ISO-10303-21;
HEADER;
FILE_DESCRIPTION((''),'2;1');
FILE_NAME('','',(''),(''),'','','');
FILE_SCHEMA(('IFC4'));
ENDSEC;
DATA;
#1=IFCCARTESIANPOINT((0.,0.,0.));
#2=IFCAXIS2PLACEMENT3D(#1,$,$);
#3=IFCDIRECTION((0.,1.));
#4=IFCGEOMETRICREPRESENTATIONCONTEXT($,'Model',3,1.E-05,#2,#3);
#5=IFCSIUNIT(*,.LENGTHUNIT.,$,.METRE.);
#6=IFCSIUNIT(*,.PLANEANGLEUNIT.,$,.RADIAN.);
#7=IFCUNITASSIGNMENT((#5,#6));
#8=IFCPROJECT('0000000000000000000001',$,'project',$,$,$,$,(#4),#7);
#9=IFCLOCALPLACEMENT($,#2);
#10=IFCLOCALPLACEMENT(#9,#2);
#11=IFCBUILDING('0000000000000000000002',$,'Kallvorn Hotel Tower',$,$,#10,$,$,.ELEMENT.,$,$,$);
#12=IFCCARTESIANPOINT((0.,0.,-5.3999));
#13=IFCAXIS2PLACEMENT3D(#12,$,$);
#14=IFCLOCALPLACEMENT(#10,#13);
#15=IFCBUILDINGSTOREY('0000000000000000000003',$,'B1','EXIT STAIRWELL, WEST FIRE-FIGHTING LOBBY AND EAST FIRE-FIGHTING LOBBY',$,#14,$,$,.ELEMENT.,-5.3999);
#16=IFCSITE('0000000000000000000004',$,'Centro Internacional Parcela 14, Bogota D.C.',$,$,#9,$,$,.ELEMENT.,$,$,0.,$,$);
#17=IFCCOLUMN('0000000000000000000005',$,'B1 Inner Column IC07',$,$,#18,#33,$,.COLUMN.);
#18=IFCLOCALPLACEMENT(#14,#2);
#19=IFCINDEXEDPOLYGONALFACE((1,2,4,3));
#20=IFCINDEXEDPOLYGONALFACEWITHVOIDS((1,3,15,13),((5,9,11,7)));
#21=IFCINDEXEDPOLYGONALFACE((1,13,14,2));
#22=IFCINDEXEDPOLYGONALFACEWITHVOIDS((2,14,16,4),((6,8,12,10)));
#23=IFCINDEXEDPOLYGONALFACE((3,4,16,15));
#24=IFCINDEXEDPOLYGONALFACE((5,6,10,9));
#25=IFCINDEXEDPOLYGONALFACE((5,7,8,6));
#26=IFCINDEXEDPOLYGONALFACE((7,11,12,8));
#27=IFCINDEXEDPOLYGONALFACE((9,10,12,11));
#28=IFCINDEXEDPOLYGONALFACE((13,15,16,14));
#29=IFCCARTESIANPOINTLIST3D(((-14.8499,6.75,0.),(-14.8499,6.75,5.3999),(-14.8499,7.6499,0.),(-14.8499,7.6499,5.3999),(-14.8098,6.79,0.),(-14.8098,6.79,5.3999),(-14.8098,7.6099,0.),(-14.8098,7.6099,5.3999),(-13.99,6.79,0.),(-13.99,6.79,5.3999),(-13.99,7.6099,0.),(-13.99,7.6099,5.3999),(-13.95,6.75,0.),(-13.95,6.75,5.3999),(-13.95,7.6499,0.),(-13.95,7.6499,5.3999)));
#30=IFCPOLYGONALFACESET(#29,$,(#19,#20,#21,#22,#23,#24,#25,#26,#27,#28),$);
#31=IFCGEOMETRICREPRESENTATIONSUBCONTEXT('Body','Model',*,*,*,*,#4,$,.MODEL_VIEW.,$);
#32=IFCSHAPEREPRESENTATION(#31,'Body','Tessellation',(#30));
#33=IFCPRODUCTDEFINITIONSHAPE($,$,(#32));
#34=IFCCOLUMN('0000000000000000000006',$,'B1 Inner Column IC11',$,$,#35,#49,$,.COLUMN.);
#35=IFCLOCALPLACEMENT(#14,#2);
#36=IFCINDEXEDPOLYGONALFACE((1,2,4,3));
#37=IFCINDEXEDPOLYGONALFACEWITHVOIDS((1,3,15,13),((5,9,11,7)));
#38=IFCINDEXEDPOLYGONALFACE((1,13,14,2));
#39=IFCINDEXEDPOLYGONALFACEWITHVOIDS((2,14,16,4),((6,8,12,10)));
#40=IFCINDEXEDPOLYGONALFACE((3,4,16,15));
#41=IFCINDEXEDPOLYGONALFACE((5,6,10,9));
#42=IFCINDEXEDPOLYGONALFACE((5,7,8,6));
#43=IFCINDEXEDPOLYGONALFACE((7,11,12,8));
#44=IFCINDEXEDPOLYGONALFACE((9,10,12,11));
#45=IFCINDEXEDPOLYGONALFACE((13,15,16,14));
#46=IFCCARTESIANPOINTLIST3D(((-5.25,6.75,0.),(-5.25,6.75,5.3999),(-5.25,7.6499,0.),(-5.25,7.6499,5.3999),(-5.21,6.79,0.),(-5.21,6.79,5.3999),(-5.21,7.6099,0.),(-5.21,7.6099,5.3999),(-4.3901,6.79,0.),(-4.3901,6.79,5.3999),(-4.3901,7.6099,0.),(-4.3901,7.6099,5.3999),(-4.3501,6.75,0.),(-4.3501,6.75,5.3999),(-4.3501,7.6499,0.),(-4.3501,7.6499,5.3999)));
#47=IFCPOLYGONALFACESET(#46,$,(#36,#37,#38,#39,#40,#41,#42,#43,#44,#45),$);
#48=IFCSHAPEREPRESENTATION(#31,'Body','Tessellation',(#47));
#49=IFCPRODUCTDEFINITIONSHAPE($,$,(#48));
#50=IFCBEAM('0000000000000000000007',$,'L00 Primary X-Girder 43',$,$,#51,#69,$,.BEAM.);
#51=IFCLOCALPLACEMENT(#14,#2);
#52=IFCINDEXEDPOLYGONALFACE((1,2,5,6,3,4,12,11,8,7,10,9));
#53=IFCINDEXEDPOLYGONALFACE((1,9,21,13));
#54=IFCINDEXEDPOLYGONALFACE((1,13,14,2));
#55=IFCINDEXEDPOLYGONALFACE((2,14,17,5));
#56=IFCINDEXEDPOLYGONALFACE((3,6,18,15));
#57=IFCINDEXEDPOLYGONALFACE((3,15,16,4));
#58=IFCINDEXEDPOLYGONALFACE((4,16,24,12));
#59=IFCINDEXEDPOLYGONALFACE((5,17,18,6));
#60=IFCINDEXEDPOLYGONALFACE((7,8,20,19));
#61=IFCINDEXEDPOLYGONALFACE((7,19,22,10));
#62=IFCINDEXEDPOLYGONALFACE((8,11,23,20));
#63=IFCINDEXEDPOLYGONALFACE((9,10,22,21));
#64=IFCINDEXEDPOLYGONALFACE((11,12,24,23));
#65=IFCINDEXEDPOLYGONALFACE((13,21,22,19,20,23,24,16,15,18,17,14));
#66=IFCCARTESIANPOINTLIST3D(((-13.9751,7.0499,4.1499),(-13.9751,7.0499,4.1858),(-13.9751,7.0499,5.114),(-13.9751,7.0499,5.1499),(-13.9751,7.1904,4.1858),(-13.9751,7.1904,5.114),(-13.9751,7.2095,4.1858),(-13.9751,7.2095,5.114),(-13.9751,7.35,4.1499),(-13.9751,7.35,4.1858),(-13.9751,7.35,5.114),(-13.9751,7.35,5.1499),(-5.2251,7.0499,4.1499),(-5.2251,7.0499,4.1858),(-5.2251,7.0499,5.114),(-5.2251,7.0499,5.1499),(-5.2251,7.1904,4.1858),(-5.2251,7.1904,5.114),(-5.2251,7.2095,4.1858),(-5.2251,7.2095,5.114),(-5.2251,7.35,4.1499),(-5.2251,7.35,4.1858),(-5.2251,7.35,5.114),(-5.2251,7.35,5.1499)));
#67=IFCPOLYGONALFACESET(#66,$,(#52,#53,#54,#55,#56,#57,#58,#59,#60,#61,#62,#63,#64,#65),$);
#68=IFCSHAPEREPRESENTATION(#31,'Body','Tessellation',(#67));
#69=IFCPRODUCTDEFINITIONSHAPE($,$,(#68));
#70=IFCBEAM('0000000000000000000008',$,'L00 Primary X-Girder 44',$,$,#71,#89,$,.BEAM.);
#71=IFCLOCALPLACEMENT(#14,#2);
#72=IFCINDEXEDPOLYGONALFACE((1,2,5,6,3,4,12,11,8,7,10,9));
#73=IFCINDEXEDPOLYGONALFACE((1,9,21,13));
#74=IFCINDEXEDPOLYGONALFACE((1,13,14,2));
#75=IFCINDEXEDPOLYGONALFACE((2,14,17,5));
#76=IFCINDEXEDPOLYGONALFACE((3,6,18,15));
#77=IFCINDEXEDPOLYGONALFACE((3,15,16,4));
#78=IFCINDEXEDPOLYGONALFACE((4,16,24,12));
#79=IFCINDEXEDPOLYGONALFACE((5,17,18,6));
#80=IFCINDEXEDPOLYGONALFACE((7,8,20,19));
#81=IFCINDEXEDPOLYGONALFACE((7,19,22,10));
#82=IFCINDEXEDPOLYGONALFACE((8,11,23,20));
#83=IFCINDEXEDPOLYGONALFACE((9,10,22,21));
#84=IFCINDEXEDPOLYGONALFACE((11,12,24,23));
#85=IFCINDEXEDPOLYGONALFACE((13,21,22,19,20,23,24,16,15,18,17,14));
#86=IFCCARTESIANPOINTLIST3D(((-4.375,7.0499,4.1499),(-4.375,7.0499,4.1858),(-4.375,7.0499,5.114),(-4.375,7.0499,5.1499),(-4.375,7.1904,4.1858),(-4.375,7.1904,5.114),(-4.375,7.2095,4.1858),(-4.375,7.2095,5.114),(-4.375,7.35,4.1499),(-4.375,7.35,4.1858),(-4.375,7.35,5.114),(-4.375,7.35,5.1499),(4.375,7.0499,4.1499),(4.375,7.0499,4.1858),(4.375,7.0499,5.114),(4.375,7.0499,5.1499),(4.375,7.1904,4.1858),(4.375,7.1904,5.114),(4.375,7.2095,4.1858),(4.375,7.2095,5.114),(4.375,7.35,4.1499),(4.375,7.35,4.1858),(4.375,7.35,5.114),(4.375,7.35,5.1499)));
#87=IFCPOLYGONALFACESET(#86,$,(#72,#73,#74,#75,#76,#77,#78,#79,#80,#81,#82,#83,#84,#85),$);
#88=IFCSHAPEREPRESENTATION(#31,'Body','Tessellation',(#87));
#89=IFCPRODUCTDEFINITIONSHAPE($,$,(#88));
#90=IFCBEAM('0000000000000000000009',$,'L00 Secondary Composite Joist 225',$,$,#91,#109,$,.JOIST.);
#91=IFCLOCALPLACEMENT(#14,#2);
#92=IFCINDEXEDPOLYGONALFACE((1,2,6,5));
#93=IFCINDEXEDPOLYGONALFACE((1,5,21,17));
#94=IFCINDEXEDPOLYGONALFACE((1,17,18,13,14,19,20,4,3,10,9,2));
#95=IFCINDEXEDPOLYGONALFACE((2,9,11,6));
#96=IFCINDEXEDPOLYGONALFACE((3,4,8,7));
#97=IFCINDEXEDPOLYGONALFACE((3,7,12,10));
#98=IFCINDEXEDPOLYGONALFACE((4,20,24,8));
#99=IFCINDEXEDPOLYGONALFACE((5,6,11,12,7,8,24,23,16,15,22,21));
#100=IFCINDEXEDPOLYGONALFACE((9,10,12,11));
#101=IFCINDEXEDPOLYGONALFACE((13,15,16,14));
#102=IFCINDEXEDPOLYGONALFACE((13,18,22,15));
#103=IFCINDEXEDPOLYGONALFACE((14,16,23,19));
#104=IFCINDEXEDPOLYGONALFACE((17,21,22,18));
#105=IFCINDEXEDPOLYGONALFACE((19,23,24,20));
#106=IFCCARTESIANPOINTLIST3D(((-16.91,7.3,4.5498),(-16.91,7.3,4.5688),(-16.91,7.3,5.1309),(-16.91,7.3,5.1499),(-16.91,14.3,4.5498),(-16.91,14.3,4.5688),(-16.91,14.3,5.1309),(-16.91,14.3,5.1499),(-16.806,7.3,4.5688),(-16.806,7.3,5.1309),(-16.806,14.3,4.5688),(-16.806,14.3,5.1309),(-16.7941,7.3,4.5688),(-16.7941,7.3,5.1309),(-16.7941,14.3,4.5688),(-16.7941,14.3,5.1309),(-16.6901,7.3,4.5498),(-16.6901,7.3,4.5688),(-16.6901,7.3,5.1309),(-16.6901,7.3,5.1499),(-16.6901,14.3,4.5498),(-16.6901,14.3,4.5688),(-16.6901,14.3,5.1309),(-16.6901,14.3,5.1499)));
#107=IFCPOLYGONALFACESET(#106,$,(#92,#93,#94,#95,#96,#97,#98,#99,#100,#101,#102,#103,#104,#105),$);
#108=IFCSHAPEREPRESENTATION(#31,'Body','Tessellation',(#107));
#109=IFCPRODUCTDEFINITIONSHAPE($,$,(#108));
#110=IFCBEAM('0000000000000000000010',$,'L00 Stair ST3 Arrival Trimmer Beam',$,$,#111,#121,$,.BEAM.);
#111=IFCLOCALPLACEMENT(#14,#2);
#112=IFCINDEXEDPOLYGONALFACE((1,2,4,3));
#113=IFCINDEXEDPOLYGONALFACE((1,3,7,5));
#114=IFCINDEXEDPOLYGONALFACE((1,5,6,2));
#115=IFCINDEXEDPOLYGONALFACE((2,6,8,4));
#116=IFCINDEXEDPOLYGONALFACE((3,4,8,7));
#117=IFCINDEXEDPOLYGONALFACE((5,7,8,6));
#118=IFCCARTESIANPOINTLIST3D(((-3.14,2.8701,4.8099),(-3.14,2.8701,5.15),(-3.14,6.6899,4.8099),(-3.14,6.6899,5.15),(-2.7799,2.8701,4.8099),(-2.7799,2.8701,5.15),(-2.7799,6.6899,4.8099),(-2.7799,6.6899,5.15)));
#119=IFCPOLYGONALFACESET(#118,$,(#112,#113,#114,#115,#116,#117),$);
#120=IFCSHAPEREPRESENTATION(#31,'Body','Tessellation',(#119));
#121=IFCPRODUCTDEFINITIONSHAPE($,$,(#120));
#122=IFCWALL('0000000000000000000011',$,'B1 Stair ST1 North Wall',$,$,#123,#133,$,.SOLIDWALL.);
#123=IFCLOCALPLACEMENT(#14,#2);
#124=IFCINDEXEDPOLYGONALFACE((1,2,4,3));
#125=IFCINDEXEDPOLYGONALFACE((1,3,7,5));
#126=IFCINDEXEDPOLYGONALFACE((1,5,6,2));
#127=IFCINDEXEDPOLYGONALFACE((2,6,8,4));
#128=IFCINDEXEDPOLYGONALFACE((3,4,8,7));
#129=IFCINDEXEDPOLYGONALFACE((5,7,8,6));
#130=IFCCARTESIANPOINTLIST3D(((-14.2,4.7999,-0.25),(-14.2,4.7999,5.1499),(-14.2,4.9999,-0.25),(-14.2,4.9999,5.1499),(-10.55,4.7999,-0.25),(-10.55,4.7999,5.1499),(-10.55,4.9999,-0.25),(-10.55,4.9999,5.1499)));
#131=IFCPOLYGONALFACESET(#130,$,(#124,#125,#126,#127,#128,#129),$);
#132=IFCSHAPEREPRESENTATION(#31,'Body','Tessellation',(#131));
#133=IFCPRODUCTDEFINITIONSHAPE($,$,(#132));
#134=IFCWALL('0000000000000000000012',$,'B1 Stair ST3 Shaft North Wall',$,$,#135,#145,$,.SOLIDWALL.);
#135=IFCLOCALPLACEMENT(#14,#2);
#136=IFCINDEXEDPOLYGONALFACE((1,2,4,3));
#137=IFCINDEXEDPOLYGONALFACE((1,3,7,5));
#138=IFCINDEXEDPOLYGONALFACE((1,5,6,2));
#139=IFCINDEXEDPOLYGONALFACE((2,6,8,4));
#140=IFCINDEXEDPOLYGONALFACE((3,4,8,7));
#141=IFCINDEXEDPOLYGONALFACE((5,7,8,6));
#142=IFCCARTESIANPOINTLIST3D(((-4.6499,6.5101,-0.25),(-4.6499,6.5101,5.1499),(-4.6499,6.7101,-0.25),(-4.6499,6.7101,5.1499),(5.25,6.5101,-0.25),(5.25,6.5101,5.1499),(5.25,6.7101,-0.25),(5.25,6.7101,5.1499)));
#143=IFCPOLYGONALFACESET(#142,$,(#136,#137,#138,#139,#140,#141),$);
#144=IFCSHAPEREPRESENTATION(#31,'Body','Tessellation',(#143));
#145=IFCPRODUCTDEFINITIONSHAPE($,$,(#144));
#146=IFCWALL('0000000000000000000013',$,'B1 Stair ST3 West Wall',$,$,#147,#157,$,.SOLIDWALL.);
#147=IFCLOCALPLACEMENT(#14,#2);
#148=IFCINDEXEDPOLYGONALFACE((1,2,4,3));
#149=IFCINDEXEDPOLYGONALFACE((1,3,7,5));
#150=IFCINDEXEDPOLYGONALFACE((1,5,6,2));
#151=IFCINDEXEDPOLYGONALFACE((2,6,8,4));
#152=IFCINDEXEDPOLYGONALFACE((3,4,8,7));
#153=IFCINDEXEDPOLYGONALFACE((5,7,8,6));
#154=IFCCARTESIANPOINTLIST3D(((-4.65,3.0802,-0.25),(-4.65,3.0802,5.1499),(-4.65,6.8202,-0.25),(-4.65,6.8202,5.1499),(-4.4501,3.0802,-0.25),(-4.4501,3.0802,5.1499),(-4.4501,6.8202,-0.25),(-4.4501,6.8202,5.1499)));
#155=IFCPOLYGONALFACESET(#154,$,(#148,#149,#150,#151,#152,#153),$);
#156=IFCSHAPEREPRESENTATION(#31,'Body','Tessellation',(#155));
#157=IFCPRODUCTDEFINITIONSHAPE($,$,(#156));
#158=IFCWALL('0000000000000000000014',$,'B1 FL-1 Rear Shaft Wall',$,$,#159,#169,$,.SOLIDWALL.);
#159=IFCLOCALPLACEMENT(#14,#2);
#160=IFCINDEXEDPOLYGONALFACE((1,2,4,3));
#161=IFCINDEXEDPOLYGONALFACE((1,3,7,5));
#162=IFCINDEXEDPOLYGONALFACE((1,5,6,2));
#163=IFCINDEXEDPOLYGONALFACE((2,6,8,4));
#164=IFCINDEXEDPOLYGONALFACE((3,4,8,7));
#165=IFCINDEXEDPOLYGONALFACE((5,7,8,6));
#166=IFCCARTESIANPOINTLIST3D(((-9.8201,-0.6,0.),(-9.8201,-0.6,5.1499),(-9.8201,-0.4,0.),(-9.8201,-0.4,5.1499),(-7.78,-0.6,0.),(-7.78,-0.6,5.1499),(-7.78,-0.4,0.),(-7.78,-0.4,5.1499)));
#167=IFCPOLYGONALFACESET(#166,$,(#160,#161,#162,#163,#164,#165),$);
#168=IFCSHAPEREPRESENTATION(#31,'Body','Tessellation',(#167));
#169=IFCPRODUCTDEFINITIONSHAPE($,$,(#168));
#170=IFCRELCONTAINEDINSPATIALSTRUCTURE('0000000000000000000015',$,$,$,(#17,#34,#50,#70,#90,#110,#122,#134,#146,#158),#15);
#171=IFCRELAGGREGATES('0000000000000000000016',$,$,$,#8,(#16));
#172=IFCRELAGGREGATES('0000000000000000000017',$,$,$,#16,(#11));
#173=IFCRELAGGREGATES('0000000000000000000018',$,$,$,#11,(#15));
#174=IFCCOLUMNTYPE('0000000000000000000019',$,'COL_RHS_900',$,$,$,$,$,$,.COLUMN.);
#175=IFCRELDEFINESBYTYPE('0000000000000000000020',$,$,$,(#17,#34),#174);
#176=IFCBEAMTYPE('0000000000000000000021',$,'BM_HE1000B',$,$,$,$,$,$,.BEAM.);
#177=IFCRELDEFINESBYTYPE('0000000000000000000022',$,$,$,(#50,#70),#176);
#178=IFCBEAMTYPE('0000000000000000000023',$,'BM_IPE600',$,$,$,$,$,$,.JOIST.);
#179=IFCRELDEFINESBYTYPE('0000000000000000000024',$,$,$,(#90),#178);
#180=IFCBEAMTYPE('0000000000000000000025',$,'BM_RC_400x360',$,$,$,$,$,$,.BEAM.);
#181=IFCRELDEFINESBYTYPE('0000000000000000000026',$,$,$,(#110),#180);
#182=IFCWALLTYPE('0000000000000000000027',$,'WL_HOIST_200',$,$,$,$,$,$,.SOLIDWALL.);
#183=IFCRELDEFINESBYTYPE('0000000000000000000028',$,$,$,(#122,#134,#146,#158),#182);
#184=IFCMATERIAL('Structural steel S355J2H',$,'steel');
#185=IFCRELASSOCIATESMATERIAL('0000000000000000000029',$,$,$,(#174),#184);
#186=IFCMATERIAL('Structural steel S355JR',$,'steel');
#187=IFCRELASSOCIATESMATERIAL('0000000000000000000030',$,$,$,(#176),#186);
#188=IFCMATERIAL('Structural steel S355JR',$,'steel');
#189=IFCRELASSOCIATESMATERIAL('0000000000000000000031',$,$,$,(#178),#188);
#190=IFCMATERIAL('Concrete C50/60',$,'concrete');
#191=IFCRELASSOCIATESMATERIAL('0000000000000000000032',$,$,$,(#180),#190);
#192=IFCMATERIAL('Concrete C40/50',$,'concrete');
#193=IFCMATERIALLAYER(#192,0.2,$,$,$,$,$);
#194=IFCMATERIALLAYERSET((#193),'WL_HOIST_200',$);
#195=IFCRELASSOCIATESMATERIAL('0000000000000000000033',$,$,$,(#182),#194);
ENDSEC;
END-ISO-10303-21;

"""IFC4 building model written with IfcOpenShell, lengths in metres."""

from ifc_helpers import new_model, si_unit, direction, frame, frame_2d, origin, origin_2d, place, context, subcontext, project, spatial, rectangle, hollow_rectangle, i_section, extrude, material, layer, layer_set, material_profile, profile_set, type_object, element, save


model = new_model("IFC4")

# Units and contexts
model_context = context("Model", 3, precision=1e-05, world=origin(), true_north=direction((0.0, 1.0)))
body_context = subcontext(model_context, "Body", "Model", "MODEL_VIEW")
ifc_project = project(units=[si_unit("LENGTHUNIT", "METRE"), si_unit("PLANEANGLEUNIT", "RADIAN")], contexts=[model_context])

# Site, building, storey
site_placement = place(None, origin())
site = spatial("IfcSite", under=ifc_project, at=site_placement, Name="Centro Internacional Parcela 14, Bogota D.C.", CompositionType="ELEMENT", RefElevation=0.0)
building_placement = place(site_placement, origin())
building = spatial("IfcBuilding", under=site, at=building_placement, Name="Kallvorn Hotel Tower", CompositionType="ELEMENT")
storey_placement = place(building_placement, frame((0.0, 0.0, -5.3999)))
storey = spatial("IfcBuildingStorey", under=building, at=storey_placement, Name="B1", Description="EXIT STAIRWELL, WEST FIRE-FIGHTING LOBBY AND EAST FIRE-FIGHTING LOBBY", CompositionType="ELEMENT", Elevation=-5.3999)

# Columns
ifc_material_1 = material(Name="Structural steel S355J2H", Category="steel")
ifc_material_profile_1 = material_profile(ifc_material_1, hollow_rectangle(XDim=0.8999, YDim=0.8999, WallThickness=0.04, at=origin_2d()), Name="RHS 900x900x40")
ifc_profile_set_1 = profile_set([ifc_material_profile_1], Name="Structural steel S355J2H")
column_type = type_object("IfcColumnType", Name="COL_RHS_900", PredefinedType="COLUMN", material=ifc_profile_set_1)
for number, where, z_axis, x_axis, name in (
    (1, (-14.3999, 7.2, 0.0), (0.0, 0.0, 1.0), (1.0, 0.0, 0.0), "B1 Inner Column IC07"),
    (2, (-4.8, 7.2, 0.0), (0.0, 0.0, 1.0), (1.0, 0.0, 0.0), "B1 Inner Column IC11"),
):
    element("IfcColumn", number, at=place(storey_placement, frame(where, z_axis=z_axis, x_axis=x_axis)), inside=storey, type_object=column_type, Name=name, PredefinedType="COLUMN", context=body_context, shape_type="SweptSolid", body=[
        extrude(hollow_rectangle(XDim=0.8999, YDim=0.8999, WallThickness=0.04, at=origin_2d()), origin(), (0.0, 0.0, 1.0), 5.3999),
    ])

# Beams
ifc_material_2 = material(Name="Structural steel S355JR", Category="steel")
ifc_material_profile_2 = material_profile(ifc_material_2, i_section(OverallWidth=0.3, OverallDepth=1.0, WebThickness=0.019, FlangeThickness=0.0359, at=origin_2d()), Name="HE 1000 B")
ifc_profile_set_2 = profile_set([ifc_material_profile_2], Name="Structural steel S355JR")
beam_type_1 = type_object("IfcBeamType", Name="BM_HE1000B", PredefinedType="BEAM", material=ifc_profile_set_2)
for number, where, z_axis, x_axis, name in (
    (3, (-13.9751, 7.2, 4.6499), (1.0, 0.0, 0.0), (0.0, 1.0, 0.0), "L00 Primary X-Girder 43"),
    (4, (-4.375, 7.2, 4.6499), (1.0, 0.0, 0.0), (0.0, 1.0, 0.0), "L00 Primary X-Girder 44"),
):
    element("IfcBeam", number, at=place(storey_placement, frame(where, z_axis=z_axis, x_axis=x_axis)), inside=storey, type_object=beam_type_1, Name=name, PredefinedType="BEAM", context=body_context, shape_type="SweptSolid", body=[
        extrude(i_section(OverallWidth=0.3, OverallDepth=1.0, WebThickness=0.019, FlangeThickness=0.0359, at=origin_2d()), origin(), (0.0, 0.0, 1.0), 8.75),
    ])
ifc_material_3 = material(Name="Structural steel S355JR", Category="steel")
ifc_material_profile_3 = material_profile(ifc_material_3, i_section(OverallWidth=0.22, OverallDepth=0.6001, WebThickness=0.012, FlangeThickness=0.019, at=origin_2d()), Name="IPE 600")
ifc_profile_set_3 = profile_set([ifc_material_profile_3], Name="Structural steel S355JR")
beam_type_2 = type_object("IfcBeamType", Name="BM_IPE600", PredefinedType="JOIST", material=ifc_profile_set_3)
beam_1_placement = place(storey_placement, frame((-16.8, 7.3, 4.8499), z_axis=(0.0, 1.0, 0.0), x_axis=(-1.0, 0.0, 0.0)))
element("IfcBeam", 5, at=beam_1_placement, inside=storey, type_object=beam_type_2, Name="L00 Secondary Composite Joist 225", PredefinedType="JOIST", context=body_context, shape_type="SweptSolid", body=[
    extrude(i_section(OverallWidth=0.22, OverallDepth=0.6001, WebThickness=0.012, FlangeThickness=0.019, at=origin_2d()), origin(), (0.0, 0.0, 1.0), 7.0),
])
ifc_material_4 = material(Name="Concrete C50/60", Category="concrete")
ifc_material_profile_4 = material_profile(ifc_material_4, rectangle(XDim=0.3601, YDim=0.3401, at=origin_2d()), Name="RC 360x340")
ifc_profile_set_4 = profile_set([ifc_material_profile_4], Name="Concrete C50/60")
beam_type_3 = type_object("IfcBeamType", Name="BM_RC_400x360", PredefinedType="BEAM", material=ifc_profile_set_4)
beam_2_placement = place(storey_placement, frame((-2.96, 2.8701, 4.98), z_axis=(0.0, 1.0, 0.0), x_axis=(-1.0, 0.0, 0.0)))
element("IfcBeam", 6, at=beam_2_placement, inside=storey, type_object=beam_type_3, Name="L00 Stair ST3 Arrival Trimmer Beam", PredefinedType="BEAM", context=body_context, shape_type="SweptSolid", body=[
    extrude(rectangle(XDim=0.3601, YDim=0.3401, at=origin_2d()), origin(), (0.0, 0.0, 1.0), 3.8198),
])

# Walls
ifc_material_5 = material(Name="Concrete C40/50", Category="concrete")
ifc_layer_1 = layer(ifc_material_5, 0.2)
ifc_layer_set_1 = layer_set([ifc_layer_1], Name="WL_HOIST_200")
wall_type_1 = type_object("IfcWallType", Name="WL_HOIST_200", PredefinedType="SOLIDWALL", material=ifc_layer_set_1)
wall_1_placement = place(storey_placement, frame((-14.2, 4.8999, -0.25), z_axis=(0.0, 0.0, 1.0), x_axis=(1.0, 0.0, 0.0)))
element("IfcWall", 7, at=wall_1_placement, inside=storey, type_object=wall_type_1, Name="B1 Stair ST1 North Wall", PredefinedType="SOLIDWALL", context=body_context, shape_type="SweptSolid", body=[
    extrude(rectangle(XDim=3.6499, YDim=0.2, at=frame_2d((1.825, 0.0))), origin(), (0.0, 0.0, 1.0), 5.3999),
])
wall_2_placement = place(storey_placement, frame((-4.6499, 6.6101, -0.25), z_axis=(0.0, 0.0, 1.0), x_axis=(1.0, 0.0, 0.0)))
element("IfcWall", 8, at=wall_2_placement, inside=storey, type_object=wall_type_1, Name="B1 Stair ST3 Shaft North Wall", PredefinedType="SOLIDWALL", context=body_context, shape_type="SweptSolid", body=[
    extrude(rectangle(XDim=9.8999, YDim=0.2, at=frame_2d((4.95, 0.0))), origin(), (0.0, 0.0, 1.0), 5.3999),
])
wall_3_placement = place(storey_placement, frame((-4.55, 3.0801, -0.25), z_axis=(0.0, 0.0, 1.0), x_axis=(0.0, 1.0, 0.0)))
element("IfcWall", 9, at=wall_3_placement, inside=storey, type_object=wall_type_1, Name="B1 Stair ST3 West Wall", PredefinedType="SOLIDWALL", context=body_context, shape_type="SweptSolid", body=[
    extrude(rectangle(XDim=3.74, YDim=0.2, at=frame_2d((1.8701, 0.0))), origin(), (0.0, 0.0, 1.0), 5.3999),
])
wall_4_placement = place(storey_placement, frame((-9.8201, -0.5, 0.0), z_axis=(0.0, 0.0, 1.0), x_axis=(1.0, 0.0, 0.0)))
element("IfcWall", 10, at=wall_4_placement, inside=storey, type_object=wall_type_1, Name="B1 FL-1 Rear Shaft Wall", PredefinedType="SOLIDWALL", context=body_context, shape_type="SweptSolid", body=[
    extrude(rectangle(XDim=2.04, YDim=0.2, at=frame_2d((1.02, 0.0))), origin(), (0.0, 0.0, 1.0), 5.1499),
])

save(model, "model.ifc")
